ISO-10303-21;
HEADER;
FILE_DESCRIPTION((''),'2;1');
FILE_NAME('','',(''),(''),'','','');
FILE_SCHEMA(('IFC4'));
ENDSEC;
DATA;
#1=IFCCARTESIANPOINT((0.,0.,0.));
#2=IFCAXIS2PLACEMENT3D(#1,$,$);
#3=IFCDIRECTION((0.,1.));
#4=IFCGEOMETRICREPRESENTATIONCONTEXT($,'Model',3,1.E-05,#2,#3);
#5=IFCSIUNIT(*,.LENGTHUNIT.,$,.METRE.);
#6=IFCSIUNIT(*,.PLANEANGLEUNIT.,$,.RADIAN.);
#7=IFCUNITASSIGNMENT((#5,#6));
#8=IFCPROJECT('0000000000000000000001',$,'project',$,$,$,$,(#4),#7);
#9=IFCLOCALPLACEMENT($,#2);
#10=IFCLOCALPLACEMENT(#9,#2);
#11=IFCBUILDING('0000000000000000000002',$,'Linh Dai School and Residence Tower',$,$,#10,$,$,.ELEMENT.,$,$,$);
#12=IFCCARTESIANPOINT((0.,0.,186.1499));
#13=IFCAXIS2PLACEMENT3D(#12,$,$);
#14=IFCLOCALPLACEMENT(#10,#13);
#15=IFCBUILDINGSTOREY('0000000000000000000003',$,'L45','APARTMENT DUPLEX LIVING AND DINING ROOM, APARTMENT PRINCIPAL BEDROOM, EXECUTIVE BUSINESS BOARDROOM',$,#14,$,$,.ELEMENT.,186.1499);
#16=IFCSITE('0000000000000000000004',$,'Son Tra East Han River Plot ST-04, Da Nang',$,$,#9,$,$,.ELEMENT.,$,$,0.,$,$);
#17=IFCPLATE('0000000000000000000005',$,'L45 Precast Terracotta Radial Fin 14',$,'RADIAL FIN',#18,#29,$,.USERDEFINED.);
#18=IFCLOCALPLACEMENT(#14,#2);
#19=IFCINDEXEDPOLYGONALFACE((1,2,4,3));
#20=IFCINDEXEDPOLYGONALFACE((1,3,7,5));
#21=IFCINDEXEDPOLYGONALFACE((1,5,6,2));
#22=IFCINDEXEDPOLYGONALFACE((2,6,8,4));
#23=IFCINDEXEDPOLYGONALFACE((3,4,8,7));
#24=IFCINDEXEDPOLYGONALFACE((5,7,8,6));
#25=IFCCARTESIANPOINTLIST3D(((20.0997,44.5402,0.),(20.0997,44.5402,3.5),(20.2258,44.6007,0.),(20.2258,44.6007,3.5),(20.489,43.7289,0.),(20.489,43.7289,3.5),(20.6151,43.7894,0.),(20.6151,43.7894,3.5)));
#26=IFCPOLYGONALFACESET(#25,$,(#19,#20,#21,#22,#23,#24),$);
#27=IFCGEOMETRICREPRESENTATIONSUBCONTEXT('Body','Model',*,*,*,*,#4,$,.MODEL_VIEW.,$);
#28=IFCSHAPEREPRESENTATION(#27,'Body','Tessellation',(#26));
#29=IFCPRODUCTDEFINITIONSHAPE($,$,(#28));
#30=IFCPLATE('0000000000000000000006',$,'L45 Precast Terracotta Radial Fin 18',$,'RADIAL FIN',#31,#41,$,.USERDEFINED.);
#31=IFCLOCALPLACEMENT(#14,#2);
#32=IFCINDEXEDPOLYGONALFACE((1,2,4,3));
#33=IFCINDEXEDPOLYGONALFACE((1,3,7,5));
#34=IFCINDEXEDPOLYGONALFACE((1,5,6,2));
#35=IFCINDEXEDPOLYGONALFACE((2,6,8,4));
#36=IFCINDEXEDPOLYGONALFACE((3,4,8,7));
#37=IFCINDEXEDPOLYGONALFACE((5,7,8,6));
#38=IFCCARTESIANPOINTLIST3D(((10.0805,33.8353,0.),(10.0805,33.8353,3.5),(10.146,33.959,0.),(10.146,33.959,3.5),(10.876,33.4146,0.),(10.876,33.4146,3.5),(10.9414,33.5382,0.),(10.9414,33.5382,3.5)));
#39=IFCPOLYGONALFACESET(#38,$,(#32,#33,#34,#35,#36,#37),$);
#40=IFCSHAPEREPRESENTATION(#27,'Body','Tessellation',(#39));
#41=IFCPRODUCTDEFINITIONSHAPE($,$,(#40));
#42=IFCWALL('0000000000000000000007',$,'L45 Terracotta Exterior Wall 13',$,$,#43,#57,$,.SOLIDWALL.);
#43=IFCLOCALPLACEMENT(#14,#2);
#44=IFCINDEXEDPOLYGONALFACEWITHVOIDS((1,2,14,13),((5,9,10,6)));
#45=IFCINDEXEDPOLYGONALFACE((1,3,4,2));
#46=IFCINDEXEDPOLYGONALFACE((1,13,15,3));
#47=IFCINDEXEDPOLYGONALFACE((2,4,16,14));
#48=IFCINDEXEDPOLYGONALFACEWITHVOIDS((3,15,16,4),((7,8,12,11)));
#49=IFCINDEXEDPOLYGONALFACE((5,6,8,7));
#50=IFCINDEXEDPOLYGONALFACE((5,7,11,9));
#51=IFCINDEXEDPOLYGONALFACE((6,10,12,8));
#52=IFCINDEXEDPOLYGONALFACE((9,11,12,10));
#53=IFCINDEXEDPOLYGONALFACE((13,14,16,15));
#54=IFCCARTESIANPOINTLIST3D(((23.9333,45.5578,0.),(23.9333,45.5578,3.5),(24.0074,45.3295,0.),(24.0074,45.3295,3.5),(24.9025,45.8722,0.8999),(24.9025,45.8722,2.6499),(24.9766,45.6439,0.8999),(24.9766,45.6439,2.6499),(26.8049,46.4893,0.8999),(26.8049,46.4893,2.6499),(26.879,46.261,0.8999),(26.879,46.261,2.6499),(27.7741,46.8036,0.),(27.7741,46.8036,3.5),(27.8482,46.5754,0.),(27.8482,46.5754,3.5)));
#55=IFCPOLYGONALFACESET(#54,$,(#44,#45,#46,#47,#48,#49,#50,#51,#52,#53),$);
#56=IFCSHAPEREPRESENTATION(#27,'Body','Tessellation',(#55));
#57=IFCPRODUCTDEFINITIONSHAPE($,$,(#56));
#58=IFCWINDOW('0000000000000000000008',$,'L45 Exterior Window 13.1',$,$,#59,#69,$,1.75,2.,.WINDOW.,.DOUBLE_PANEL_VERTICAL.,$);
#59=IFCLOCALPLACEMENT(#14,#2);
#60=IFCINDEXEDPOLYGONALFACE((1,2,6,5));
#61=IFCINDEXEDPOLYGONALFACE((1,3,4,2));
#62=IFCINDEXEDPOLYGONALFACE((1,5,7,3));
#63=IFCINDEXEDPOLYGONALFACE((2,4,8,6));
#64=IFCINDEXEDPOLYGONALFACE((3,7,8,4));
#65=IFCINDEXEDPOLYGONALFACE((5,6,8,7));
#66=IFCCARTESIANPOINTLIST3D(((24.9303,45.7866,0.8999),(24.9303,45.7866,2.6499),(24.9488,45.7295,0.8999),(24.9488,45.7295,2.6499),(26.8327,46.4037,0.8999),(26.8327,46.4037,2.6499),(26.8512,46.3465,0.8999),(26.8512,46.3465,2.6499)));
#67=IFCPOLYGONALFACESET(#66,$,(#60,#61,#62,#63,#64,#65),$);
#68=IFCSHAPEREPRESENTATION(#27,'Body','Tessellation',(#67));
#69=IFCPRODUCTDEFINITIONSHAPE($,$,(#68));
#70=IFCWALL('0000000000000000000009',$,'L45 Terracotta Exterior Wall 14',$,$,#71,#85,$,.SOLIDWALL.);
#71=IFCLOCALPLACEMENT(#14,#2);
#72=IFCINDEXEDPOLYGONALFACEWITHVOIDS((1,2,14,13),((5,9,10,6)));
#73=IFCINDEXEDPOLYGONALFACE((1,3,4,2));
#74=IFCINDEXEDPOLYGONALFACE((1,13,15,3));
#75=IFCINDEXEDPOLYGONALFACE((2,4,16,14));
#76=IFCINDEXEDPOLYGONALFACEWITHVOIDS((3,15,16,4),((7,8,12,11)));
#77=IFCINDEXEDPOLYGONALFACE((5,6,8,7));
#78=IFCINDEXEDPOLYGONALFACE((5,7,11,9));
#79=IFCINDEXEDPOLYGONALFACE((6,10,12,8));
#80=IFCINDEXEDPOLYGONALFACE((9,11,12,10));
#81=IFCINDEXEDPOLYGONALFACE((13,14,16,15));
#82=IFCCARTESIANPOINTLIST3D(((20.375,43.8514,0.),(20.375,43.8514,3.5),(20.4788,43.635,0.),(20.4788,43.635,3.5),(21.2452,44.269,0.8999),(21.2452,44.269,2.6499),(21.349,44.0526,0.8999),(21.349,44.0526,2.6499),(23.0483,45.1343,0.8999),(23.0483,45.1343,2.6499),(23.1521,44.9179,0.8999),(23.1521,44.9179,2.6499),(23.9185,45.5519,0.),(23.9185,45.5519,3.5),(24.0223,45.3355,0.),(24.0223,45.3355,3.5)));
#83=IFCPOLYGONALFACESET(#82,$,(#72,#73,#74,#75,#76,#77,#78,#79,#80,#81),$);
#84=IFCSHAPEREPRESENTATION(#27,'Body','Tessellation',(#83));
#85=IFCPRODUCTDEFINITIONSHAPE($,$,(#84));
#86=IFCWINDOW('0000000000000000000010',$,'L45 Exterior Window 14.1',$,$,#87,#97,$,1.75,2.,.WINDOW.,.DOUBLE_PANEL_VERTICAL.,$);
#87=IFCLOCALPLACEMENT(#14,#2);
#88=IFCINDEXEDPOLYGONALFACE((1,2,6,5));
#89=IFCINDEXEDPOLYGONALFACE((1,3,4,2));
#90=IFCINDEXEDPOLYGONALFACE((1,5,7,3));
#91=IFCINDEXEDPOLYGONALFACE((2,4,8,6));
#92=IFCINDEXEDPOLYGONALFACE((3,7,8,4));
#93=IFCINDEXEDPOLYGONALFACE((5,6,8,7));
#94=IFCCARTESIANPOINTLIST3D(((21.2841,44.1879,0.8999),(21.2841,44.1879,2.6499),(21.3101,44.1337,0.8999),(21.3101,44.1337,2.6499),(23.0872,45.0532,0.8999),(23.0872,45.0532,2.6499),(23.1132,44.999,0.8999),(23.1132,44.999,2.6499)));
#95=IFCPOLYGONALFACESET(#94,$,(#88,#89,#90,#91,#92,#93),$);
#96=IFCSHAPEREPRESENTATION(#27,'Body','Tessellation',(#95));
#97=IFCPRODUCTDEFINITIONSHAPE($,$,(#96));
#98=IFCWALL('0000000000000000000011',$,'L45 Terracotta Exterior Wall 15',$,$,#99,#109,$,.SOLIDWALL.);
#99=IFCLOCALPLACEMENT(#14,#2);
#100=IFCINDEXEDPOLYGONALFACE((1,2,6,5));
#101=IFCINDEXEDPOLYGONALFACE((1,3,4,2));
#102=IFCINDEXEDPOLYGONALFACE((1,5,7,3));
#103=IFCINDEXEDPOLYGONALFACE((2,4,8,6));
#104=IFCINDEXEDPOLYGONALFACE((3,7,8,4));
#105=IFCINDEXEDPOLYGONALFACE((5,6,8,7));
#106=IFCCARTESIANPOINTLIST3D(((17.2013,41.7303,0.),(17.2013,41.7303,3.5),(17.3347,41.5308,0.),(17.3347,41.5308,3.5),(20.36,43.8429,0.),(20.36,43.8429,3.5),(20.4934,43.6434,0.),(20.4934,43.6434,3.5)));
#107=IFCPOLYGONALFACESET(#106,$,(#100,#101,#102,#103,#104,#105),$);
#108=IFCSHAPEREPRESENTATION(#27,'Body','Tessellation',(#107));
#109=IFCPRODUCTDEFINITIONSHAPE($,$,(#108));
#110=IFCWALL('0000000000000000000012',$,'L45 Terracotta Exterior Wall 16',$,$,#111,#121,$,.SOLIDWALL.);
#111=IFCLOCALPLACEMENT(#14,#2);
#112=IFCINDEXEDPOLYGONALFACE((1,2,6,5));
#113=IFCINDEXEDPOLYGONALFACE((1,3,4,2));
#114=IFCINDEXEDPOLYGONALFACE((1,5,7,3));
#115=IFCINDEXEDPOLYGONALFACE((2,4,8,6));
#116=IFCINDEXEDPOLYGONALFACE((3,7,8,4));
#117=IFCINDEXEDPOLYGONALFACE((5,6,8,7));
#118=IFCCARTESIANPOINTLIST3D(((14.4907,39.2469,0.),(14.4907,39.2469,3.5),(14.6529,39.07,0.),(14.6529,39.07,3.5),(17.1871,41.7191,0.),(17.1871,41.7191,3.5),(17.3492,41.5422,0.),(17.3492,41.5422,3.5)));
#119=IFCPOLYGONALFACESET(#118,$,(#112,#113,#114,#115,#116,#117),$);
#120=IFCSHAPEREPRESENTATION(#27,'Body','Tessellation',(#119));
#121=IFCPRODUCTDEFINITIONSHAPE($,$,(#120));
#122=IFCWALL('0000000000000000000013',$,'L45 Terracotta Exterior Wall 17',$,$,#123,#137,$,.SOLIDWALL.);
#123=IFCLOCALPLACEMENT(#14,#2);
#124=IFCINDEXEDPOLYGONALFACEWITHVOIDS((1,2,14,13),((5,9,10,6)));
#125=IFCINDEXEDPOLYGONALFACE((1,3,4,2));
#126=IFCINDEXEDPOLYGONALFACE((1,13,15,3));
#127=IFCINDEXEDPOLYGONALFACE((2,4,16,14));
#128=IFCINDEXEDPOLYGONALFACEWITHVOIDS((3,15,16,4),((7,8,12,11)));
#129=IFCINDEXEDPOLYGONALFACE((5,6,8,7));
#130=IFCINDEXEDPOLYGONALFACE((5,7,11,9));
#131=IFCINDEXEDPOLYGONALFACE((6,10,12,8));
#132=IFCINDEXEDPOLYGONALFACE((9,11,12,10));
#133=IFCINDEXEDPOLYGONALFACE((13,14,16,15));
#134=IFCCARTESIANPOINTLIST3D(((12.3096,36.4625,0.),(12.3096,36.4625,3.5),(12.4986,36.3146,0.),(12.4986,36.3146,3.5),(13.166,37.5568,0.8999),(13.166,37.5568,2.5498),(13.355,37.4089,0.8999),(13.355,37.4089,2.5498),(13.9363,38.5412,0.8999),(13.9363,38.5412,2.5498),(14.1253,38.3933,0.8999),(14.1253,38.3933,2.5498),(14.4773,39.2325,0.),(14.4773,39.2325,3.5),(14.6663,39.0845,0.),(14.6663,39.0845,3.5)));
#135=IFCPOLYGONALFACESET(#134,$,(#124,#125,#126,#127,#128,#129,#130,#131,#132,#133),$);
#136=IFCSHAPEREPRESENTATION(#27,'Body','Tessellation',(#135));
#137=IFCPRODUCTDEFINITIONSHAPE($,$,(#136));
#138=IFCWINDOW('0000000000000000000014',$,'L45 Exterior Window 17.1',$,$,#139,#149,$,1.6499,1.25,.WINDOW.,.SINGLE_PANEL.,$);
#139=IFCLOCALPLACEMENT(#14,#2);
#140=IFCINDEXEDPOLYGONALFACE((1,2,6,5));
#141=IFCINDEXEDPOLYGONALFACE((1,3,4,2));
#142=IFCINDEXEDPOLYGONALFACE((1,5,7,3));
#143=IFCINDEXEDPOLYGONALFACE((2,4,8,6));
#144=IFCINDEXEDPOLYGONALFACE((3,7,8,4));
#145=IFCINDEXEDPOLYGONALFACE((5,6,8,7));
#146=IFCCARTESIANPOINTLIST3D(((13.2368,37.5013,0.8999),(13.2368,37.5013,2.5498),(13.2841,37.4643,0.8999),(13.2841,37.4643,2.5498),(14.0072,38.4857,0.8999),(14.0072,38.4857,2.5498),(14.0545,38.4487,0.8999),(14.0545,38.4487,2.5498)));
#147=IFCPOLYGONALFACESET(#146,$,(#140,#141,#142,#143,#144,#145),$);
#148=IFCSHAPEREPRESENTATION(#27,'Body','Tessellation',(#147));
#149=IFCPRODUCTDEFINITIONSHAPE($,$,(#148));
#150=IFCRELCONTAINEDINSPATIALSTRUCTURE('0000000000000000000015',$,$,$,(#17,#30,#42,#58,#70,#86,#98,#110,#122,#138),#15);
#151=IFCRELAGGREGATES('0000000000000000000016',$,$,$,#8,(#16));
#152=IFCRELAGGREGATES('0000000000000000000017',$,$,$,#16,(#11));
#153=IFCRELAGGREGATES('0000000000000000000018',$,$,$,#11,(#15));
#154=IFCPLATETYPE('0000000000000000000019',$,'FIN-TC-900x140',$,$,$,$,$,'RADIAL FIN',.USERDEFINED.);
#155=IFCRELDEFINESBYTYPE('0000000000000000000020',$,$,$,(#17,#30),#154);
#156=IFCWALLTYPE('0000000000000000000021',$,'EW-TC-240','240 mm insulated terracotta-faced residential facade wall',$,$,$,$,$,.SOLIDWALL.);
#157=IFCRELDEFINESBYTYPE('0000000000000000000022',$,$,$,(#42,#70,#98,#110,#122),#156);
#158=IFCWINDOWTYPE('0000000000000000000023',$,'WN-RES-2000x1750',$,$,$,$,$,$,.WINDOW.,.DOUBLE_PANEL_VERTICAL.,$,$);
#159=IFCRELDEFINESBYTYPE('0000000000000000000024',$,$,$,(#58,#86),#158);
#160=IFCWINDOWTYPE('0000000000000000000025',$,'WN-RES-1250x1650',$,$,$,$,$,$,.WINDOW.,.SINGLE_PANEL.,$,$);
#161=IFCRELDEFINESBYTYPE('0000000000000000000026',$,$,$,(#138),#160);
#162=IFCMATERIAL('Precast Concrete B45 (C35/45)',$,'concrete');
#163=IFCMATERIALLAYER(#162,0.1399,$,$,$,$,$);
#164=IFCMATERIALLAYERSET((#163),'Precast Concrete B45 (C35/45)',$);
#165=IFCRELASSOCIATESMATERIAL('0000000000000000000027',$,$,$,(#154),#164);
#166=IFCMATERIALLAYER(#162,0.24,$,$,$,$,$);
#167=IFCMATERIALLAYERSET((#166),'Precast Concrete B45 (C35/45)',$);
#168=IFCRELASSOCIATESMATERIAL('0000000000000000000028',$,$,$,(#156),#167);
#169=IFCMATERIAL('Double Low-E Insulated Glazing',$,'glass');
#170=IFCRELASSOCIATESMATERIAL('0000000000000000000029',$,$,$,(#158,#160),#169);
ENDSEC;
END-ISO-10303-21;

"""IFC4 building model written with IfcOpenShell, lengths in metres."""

from ifc_helpers import new_model, si_unit, direction, frame, frame_2d, origin, origin_2d, place, context, subcontext, project, spatial, rectangle, extrude, source, transform, mapped, material, layer, layer_set, type_object, element, fill, save


model = new_model("IFC4")

# Units and contexts
model_context = context("Model", 3, precision=1e-05, world=origin(), true_north=direction((0.0, 1.0)))
body_context = subcontext(model_context, "Body", "Model", "MODEL_VIEW")
ifc_project = project(units=[si_unit("LENGTHUNIT", "METRE"), si_unit("PLANEANGLEUNIT", "RADIAN")], contexts=[model_context])

# Site, building, storey
site_placement = place(None, origin())
site = spatial("IfcSite", under=ifc_project, at=site_placement, Name="Son Tra East Han River Plot ST-04, Da Nang", CompositionType="ELEMENT", RefElevation=0.0)
building_placement = place(site_placement, origin())
building = spatial("IfcBuilding", under=site, at=building_placement, Name="Linh Dai School and Residence Tower", CompositionType="ELEMENT")
storey_placement = place(building_placement, frame((0.0, 0.0, 186.1499)))
storey = spatial("IfcBuildingStorey", under=building, at=storey_placement, Name="L45", Description="APARTMENT DUPLEX LIVING AND DINING ROOM, APARTMENT PRINCIPAL BEDROOM, EXECUTIVE BUSINESS BOARDROOM", CompositionType="ELEMENT", Elevation=186.1499)

# Plates
ifc_material_1 = material(Name="Precast Concrete B45 (C35/45)", Category="concrete")
ifc_layer_1 = layer(ifc_material_1, 0.1399)
ifc_layer_set_1 = layer_set([ifc_layer_1], Name="Precast Concrete B45 (C35/45)")
plate_type = type_object("IfcPlateType", Name="FIN-TC-900x140", ElementType="RADIAL FIN", PredefinedType="USERDEFINED", material=ifc_layer_set_1)
shared_shape_1 = source(origin(), body_context, "Body", "SweptSolid", [
    extrude(rectangle(XDim=0.8999, YDim=0.1399, at=origin_2d()), origin(), (0.0, 0.0, 1.0), 3.5),
])
for number, where, z_axis, x_axis, name in (
    (1, (20.3574, 44.1648, 0.0), (0.0, 0.0, 1.0), (-0.432635, 0.901569, 0.0), "L45 Precast Terracotta Radial Fin 14"),
    (2, (10.511, 33.6868, 0.0), (0.0, 0.0, 1.0), (-0.883951, 0.46758, 0.0), "L45 Precast Terracotta Radial Fin 18"),
):
    element("IfcPlate", number, at=place(storey_placement, frame(where, z_axis=z_axis, x_axis=x_axis)), inside=storey, type_object=plate_type, Name=name, ObjectType="RADIAL FIN", PredefinedType="USERDEFINED", context=body_context, shape_type="MappedRepresentation", body=[
        mapped(shared_shape_1, transform((0.0, 0.0, 0.0), x_axis=(1.0, 0.0, 0.0), y_axis=(0.0, 1.0, 0.0), z_axis=(0.0, 0.0, 1.0), scale=1.0)),
    ])

# Walls, openings, windows
ifc_layer_2 = layer(ifc_material_1, 0.24)
ifc_layer_set_2 = layer_set([ifc_layer_2], Name="Precast Concrete B45 (C35/45)")
wall_type_1 = type_object("IfcWallType", Name="EW-TC-240", Description="240 mm insulated terracotta-faced residential facade wall", PredefinedType="SOLIDWALL", material=ifc_layer_set_2)
wall_1_placement = place(storey_placement, frame((23.9702, 45.4436, 0.0), z_axis=(0.0, 0.0, 1.0), x_axis=(0.95121, 0.308545, 0.0)))
wall_1 = element("IfcWall", 3, at=wall_1_placement, inside=storey, type_object=wall_type_1, Name="L45 Terracotta Exterior Wall 13", PredefinedType="SOLIDWALL", context=body_context, shape_type="SweptSolid", body=[
    extrude(rectangle(XDim=4.0378, YDim=0.24, at=frame_2d((2.019, 0.0))), origin(), (0.0, 0.0, 1.0), 3.5),
])
opening_1_placement = place(wall_1_placement, frame((1.019, 0.0, 0.8999)))
opening_1 = element("IfcOpeningElement", 4, at=opening_1_placement, cuts=wall_1, PredefinedType="OPENING", context=body_context, shape_type="SweptSolid", body=[
    extrude(rectangle(XDim=2.0, YDim=1.75, at=origin_2d()), frame((1.0, 0.1299, 0.875), z_axis=(0.0, -1.0, 0.0), x_axis=(1.0, 0.0, 0.0)), (0.0, 0.0, 1.0), 0.26),
])
ifc_material_2 = material(Name="Double Low-E Insulated Glazing", Category="glass")
window_type_1 = type_object("IfcWindowType", Name="WN-RES-2000x1750", PartitioningType="DOUBLE_PANEL_VERTICAL", PredefinedType="WINDOW", material=ifc_material_2)
shared_shape_2 = source(origin(), body_context, "Body", "SweptSolid", [
    extrude(rectangle(XDim=2.0, YDim=1.75, at=origin_2d()), frame((1.0, 0.03, 0.875), z_axis=(0.0, -1.0, 0.0), x_axis=(1.0, 0.0, 0.0)), (0.0, 0.0, 1.0), 0.0601),
])
window_1_placement = place(opening_1_placement, origin())
window_1 = element("IfcWindow", 5, at=window_1_placement, inside=storey, type_object=window_type_1, Name="L45 Exterior Window 13.1", OverallHeight=1.75, OverallWidth=2.0, PartitioningType="DOUBLE_PANEL_VERTICAL", PredefinedType="WINDOW", context=body_context, shape_type="MappedRepresentation", body=[
    mapped(shared_shape_2, transform((0.0, 0.0, 0.0), x_axis=(1.0, 0.0, 0.0), y_axis=(0.0, 1.0, 0.0), z_axis=(0.0, 0.0, 1.0), scale=1.0)),
])
fill(opening_1, window_1)
wall_2_placement = place(storey_placement, frame((20.4268, 43.7432, 0.0), z_axis=(0.0, 0.0, 1.0), x_axis=(0.901565, 0.432644, 0.0)))
wall_2 = element("IfcWall", 6, at=wall_2_placement, inside=storey, type_object=wall_type_1, Name="L45 Terracotta Exterior Wall 14", PredefinedType="SOLIDWALL", context=body_context, shape_type="SweptSolid", body=[
    extrude(rectangle(XDim=3.9304, YDim=0.24, at=frame_2d((1.9653, 0.0))), origin(), (0.0, 0.0, 1.0), 3.5),
])
opening_2_placement = place(wall_2_placement, frame((0.9653, 0.0, 0.8999)))
opening_2 = element("IfcOpeningElement", 7, at=opening_2_placement, cuts=wall_2, PredefinedType="OPENING", context=body_context, shape_type="SweptSolid", body=[
    extrude(rectangle(XDim=2.0, YDim=1.75, at=origin_2d()), frame((1.0, 0.1299, 0.875), z_axis=(0.0, -1.0, 0.0), x_axis=(1.0, 0.0, 0.0)), (0.0, 0.0, 1.0), 0.26),
])
window_2_placement = place(opening_2_placement, origin())
window_2 = element("IfcWindow", 8, at=window_2_placement, inside=storey, type_object=window_type_1, Name="L45 Exterior Window 14.1", OverallHeight=1.75, OverallWidth=2.0, PartitioningType="DOUBLE_PANEL_VERTICAL", PredefinedType="WINDOW", context=body_context, shape_type="MappedRepresentation", body=[
    mapped(shared_shape_2, transform((0.0, 0.0, 0.0), x_axis=(1.0, 0.0, 0.0), y_axis=(0.0, 1.0, 0.0), z_axis=(0.0, 0.0, 1.0), scale=1.0)),
])
fill(opening_2, window_2)

# Walls
wall_3_placement = place(storey_placement, frame((17.2681, 41.6306, 0.0), z_axis=(0.0, 0.0, 1.0), x_axis=(0.831229, 0.55593, 0.0)))
element("IfcWall", 9, at=wall_3_placement, inside=storey, type_object=wall_type_1, Name="L45 Terracotta Exterior Wall 15", PredefinedType="SOLIDWALL", context=body_context, shape_type="SweptSolid", body=[
    extrude(rectangle(XDim=3.8, YDim=0.24, at=frame_2d((1.8999, 0.0))), origin(), (0.0, 0.0, 1.0), 3.5),
])
wall_4_placement = place(storey_placement, frame((14.5718, 39.1584, 0.0), z_axis=(0.0, 0.0, 1.0), x_axis=(0.737077, 0.675809, 0.0)))
element("IfcWall", 10, at=wall_4_placement, inside=storey, type_object=wall_type_1, Name="L45 Terracotta Exterior Wall 16", PredefinedType="SOLIDWALL", context=body_context, shape_type="SweptSolid", body=[
    extrude(rectangle(XDim=3.6582, YDim=0.24, at=frame_2d((1.8291, 0.0))), origin(), (0.0, 0.0, 1.0), 3.5),
])

# Wall, opening, window
wall_5_placement = place(storey_placement, frame((12.4041, 36.3884, 0.0), z_axis=(0.0, 0.0, 1.0), x_axis=(0.616288, 0.787521, 0.0)))
wall_5 = element("IfcWall", 11, at=wall_5_placement, inside=storey, type_object=wall_type_1, Name="L45 Terracotta Exterior Wall 17", PredefinedType="SOLIDWALL", context=body_context, shape_type="SweptSolid", body=[
    extrude(rectangle(XDim=3.5173, YDim=0.24, at=frame_2d((1.7588, 0.0))), origin(), (0.0, 0.0, 1.0), 3.5),
])
opening_3_placement = place(wall_5_placement, frame((1.3896, 0.0, 0.8999)))
opening_3 = element("IfcOpeningElement", 12, at=opening_3_placement, cuts=wall_5, PredefinedType="OPENING", context=body_context, shape_type="SweptSolid", body=[
    extrude(rectangle(XDim=1.25, YDim=1.6499, at=origin_2d()), frame((0.625, 0.1299, 0.825), z_axis=(0.0, -1.0, 0.0), x_axis=(1.0, 0.0, 0.0)), (0.0, 0.0, 1.0), 0.26),
])
window_type_2 = type_object("IfcWindowType", Name="WN-RES-1250x1650", PartitioningType="SINGLE_PANEL", PredefinedType="WINDOW", material=ifc_material_2)
shared_shape_3 = source(origin(), body_context, "Body", "SweptSolid", [
    extrude(rectangle(XDim=1.25, YDim=1.6499, at=origin_2d()), frame((0.625, 0.03, 0.825), z_axis=(0.0, -1.0, 0.0), x_axis=(1.0, 0.0, 0.0)), (0.0, 0.0, 1.0), 0.0601),
])
window_3_placement = place(opening_3_placement, origin())
window_3 = element("IfcWindow", 13, at=window_3_placement, inside=storey, type_object=window_type_2, Name="L45 Exterior Window 17.1", OverallHeight=1.6499, OverallWidth=1.25, PartitioningType="SINGLE_PANEL", PredefinedType="WINDOW", context=body_context, shape_type="MappedRepresentation", body=[
    mapped(shared_shape_3, transform((0.0, 0.0, 0.0), x_axis=(1.0, 0.0, 0.0), y_axis=(0.0, 1.0, 0.0), z_axis=(0.0, 0.0, 1.0), scale=1.0)),
])
fill(opening_3, window_3)

save(model, "model.ifc")
